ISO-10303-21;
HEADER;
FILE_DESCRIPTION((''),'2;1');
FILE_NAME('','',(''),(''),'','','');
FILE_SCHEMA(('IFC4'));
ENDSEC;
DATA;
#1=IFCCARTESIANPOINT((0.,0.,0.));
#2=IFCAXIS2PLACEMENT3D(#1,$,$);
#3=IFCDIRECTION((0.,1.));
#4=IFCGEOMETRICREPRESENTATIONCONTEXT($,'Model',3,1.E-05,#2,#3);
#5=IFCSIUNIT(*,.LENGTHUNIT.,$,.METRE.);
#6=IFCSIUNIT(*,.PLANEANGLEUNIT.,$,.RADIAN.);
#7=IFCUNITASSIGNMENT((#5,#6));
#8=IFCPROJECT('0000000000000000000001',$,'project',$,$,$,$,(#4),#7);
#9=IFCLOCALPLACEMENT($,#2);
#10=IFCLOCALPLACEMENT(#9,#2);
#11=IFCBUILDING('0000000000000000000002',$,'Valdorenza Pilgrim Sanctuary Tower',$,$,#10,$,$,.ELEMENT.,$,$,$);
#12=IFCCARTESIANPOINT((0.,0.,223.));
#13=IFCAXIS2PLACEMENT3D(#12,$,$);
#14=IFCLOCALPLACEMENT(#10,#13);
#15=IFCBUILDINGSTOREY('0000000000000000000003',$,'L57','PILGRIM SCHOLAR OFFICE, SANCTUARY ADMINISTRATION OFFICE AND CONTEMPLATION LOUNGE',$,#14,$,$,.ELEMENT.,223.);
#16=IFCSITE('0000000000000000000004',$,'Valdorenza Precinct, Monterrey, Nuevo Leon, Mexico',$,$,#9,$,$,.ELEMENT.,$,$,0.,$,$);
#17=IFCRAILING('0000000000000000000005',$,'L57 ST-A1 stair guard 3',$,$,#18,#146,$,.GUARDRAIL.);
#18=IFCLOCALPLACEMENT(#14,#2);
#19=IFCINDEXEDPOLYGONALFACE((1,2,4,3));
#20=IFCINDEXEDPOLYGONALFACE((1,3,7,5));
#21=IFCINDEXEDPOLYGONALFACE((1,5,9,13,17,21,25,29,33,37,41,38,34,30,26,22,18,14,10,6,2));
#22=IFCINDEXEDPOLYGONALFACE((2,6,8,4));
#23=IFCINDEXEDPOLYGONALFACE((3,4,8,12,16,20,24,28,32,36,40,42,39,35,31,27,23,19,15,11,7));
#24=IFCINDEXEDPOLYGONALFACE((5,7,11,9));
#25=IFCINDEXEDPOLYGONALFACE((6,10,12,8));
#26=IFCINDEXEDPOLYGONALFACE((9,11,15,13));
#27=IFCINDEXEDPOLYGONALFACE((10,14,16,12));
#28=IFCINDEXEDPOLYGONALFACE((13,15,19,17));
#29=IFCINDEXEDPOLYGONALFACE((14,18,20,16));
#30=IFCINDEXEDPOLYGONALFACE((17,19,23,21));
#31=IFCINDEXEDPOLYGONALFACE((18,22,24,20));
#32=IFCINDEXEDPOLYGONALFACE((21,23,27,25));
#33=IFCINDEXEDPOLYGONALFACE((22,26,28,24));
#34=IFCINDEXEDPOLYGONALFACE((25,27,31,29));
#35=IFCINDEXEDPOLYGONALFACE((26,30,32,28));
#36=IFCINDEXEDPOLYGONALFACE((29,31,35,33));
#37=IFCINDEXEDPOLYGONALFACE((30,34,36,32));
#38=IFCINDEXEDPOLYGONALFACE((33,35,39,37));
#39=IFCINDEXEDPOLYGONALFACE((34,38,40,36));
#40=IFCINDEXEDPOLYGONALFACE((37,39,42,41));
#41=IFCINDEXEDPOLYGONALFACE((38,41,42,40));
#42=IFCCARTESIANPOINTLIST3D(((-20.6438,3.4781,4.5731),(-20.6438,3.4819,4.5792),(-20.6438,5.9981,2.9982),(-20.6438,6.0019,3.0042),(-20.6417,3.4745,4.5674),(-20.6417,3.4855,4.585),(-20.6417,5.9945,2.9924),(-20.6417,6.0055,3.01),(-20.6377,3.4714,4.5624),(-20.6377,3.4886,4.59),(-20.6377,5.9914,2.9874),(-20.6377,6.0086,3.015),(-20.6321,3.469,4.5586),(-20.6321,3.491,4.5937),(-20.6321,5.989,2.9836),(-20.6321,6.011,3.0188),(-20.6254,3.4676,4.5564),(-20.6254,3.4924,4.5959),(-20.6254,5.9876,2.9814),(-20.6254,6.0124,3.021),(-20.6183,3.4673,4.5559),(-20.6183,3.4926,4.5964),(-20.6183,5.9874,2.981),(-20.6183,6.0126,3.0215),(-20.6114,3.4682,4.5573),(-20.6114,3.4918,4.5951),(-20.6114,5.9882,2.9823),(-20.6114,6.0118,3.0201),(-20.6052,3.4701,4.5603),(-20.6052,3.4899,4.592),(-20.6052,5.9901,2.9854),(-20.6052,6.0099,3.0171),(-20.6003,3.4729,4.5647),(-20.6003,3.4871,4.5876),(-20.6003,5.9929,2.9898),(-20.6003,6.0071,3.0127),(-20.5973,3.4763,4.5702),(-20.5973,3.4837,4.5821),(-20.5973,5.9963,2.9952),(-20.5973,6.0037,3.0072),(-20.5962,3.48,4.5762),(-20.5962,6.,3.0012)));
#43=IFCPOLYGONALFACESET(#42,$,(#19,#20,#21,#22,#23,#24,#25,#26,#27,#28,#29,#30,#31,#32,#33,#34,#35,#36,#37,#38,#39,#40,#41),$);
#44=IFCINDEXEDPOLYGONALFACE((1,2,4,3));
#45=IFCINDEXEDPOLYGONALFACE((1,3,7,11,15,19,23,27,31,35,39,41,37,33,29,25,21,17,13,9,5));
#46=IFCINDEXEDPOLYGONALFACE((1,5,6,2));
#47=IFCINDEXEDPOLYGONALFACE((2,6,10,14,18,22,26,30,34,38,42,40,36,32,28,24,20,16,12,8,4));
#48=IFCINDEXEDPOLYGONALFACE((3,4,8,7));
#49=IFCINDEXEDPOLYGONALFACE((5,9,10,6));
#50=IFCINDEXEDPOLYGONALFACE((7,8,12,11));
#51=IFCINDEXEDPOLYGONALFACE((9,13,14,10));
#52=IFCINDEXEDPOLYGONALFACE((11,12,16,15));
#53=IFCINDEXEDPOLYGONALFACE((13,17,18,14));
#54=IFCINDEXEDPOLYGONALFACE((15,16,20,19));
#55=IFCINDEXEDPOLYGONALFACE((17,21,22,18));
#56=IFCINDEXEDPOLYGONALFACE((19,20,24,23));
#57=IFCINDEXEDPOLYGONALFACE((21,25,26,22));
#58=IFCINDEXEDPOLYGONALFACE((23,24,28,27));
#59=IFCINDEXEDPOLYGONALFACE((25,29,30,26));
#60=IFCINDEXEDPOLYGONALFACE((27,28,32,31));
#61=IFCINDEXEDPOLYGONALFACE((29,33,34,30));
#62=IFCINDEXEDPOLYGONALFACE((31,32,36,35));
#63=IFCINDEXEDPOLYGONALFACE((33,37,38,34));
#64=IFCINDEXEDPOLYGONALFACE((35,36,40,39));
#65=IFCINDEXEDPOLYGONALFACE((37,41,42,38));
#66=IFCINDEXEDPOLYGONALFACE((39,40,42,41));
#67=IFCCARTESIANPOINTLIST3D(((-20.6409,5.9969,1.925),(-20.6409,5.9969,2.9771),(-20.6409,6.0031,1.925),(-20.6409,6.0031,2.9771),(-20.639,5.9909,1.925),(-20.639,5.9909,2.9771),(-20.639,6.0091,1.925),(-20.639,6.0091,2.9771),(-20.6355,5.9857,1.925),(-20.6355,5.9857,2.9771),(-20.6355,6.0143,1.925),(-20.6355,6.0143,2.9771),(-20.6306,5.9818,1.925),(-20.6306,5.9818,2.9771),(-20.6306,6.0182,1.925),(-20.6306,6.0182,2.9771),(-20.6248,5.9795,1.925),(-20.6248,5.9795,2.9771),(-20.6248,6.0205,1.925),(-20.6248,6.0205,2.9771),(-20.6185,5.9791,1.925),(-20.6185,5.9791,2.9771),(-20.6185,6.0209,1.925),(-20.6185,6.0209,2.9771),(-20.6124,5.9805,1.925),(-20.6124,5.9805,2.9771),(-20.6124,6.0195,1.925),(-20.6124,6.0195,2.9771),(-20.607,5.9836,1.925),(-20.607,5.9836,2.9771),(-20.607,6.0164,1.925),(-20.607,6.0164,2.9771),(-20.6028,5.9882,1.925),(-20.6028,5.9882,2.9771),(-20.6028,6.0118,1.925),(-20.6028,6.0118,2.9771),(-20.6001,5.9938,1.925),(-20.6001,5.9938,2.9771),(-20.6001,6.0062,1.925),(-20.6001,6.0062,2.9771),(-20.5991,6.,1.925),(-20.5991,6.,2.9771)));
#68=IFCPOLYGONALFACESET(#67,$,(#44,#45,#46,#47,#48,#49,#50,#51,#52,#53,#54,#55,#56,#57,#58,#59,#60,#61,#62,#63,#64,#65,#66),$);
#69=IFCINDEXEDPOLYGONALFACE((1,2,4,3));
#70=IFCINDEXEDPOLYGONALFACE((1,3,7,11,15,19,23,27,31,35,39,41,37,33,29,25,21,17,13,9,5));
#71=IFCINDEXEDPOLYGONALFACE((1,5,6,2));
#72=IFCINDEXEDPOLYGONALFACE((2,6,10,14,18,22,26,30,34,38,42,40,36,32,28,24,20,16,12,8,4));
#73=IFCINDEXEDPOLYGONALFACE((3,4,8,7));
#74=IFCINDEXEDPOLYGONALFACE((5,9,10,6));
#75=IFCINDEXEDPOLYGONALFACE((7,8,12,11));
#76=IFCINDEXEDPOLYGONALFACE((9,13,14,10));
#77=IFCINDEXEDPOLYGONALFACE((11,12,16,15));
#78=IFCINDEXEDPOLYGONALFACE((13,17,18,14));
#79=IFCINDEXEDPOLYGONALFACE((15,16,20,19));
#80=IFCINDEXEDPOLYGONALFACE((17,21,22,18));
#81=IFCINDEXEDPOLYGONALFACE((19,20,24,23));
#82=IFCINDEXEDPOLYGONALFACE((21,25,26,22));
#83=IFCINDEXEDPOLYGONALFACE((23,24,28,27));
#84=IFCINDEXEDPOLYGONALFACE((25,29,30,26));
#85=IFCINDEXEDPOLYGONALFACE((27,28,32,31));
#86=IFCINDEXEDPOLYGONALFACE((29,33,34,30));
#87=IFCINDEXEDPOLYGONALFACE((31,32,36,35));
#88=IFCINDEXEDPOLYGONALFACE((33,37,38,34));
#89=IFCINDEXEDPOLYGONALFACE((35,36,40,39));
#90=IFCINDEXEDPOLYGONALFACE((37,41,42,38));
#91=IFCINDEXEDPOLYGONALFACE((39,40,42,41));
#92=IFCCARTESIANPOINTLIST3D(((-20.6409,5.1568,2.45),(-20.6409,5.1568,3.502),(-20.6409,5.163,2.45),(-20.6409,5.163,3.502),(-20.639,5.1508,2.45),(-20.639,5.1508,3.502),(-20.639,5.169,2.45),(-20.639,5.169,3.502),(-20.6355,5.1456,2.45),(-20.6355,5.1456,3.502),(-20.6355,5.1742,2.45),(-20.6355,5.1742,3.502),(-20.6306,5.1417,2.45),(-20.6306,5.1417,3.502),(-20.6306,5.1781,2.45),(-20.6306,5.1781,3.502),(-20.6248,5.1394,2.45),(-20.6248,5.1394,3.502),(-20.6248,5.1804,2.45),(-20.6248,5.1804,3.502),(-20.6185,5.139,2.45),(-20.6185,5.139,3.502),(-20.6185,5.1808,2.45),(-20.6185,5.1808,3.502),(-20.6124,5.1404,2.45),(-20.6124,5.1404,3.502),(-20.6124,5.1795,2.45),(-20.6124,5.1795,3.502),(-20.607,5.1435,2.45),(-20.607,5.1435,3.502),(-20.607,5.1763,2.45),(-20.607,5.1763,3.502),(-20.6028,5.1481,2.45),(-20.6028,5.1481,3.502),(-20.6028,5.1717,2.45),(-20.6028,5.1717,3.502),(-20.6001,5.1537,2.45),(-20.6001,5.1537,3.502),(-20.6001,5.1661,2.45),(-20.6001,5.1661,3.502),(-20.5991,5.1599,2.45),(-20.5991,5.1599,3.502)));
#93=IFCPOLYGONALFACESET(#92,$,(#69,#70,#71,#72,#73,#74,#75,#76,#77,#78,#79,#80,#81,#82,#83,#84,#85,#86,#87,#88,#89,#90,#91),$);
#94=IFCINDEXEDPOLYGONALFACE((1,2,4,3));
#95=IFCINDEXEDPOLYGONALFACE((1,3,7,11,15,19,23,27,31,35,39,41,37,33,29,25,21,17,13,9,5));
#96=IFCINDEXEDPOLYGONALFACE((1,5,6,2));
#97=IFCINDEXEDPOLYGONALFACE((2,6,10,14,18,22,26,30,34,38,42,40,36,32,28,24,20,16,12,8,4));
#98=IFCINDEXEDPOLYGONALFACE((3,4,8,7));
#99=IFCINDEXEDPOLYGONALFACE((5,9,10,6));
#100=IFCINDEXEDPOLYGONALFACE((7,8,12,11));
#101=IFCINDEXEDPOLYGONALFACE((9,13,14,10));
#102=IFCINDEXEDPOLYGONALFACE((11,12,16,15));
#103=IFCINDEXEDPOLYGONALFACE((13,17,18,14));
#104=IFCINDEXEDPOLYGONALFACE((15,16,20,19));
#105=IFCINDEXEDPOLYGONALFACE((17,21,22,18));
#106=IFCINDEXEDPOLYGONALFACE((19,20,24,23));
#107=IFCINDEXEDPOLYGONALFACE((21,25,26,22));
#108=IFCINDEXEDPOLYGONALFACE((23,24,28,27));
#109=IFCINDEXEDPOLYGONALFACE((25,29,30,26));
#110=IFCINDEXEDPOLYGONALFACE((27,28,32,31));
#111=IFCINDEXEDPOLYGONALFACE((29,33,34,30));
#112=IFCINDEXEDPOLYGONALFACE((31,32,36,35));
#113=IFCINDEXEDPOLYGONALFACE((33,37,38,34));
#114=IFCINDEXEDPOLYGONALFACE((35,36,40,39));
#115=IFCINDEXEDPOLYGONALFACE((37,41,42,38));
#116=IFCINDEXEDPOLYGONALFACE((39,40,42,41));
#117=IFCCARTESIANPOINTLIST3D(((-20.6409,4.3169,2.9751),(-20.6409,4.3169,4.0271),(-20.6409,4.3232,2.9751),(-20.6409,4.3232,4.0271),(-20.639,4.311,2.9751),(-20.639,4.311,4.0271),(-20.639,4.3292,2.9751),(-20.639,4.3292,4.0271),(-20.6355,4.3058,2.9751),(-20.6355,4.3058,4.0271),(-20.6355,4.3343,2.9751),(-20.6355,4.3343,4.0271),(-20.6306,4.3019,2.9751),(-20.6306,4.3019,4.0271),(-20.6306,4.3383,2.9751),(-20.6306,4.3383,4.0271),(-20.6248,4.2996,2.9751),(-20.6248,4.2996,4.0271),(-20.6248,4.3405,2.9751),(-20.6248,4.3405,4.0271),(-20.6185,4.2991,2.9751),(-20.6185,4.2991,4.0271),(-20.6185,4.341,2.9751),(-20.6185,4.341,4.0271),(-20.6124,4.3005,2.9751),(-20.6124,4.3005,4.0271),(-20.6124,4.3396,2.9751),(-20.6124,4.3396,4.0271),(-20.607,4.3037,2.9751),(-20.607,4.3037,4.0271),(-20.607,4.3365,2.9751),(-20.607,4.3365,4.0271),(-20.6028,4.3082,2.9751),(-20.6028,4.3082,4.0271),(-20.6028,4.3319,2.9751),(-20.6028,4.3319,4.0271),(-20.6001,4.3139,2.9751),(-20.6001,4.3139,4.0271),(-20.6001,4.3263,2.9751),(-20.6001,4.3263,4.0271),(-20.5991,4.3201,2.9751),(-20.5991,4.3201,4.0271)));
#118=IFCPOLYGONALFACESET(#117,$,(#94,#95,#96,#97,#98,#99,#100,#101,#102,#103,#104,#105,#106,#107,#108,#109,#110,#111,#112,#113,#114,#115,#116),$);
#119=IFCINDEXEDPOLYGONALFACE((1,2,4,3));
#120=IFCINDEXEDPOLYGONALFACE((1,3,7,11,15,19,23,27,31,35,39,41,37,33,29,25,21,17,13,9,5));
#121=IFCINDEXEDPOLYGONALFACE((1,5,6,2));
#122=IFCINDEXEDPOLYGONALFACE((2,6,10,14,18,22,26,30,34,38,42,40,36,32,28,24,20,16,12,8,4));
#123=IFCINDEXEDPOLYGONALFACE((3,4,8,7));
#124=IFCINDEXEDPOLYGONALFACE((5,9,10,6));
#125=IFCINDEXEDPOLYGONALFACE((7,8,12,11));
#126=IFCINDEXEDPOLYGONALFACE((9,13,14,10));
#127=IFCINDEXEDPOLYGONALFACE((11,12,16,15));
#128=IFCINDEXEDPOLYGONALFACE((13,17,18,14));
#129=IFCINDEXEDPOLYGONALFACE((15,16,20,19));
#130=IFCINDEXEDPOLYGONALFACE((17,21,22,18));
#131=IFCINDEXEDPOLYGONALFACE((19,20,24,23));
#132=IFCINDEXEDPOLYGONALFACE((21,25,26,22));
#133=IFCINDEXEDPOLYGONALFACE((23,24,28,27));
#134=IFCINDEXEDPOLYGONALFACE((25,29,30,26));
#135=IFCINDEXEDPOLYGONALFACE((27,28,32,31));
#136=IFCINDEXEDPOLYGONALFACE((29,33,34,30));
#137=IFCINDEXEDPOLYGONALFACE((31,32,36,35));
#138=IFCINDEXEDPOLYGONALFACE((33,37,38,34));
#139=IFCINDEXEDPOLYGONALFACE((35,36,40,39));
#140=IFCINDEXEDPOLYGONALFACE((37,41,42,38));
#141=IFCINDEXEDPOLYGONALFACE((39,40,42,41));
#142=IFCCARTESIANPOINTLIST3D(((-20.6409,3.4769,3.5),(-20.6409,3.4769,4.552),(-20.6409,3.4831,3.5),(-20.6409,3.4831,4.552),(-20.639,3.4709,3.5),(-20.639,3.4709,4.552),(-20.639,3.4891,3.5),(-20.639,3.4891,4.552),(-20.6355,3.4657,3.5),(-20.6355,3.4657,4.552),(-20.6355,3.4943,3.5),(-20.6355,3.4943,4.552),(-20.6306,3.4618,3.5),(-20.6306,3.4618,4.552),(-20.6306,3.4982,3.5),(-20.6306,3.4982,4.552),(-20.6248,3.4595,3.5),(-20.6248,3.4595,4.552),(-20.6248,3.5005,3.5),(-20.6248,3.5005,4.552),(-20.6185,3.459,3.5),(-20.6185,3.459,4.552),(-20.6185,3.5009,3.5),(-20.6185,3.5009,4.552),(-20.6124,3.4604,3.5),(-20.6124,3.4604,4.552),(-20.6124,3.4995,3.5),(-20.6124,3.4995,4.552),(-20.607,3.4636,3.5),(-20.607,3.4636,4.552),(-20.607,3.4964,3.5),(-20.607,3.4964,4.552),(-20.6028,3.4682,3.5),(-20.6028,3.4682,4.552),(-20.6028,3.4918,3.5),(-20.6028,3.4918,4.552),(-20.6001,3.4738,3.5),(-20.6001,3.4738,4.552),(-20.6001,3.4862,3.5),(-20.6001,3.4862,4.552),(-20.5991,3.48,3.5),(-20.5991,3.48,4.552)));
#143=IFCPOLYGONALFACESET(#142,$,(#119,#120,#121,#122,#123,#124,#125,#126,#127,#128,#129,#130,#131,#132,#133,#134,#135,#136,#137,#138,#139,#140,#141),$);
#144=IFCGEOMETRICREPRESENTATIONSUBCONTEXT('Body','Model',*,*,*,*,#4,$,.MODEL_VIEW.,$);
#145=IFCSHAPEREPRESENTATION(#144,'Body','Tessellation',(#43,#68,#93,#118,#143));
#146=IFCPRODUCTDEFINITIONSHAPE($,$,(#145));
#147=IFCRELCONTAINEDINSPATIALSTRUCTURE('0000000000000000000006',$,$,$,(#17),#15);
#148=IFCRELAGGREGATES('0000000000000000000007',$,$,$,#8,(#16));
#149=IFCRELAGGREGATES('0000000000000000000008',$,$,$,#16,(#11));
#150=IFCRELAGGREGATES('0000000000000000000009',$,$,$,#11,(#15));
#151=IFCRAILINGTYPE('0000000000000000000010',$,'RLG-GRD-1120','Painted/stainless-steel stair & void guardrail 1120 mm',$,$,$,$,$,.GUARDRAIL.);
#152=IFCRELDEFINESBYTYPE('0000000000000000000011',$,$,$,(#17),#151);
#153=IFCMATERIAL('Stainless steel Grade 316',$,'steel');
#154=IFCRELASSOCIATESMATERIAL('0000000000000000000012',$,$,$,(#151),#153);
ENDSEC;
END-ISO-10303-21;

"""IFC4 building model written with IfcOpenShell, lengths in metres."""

from ifc_helpers import new_model, si_unit, direction, frame, origin, origin_2d, place, context, subcontext, project, spatial, circle, extrude, material, type_object, element, save


model = new_model("IFC4")

# Units and contexts
model_context = context("Model", 3, precision=1e-05, world=origin(), true_north=direction((0.0, 1.0)))
body_context = subcontext(model_context, "Body", "Model", "MODEL_VIEW")
ifc_project = project(units=[si_unit("LENGTHUNIT", "METRE"), si_unit("PLANEANGLEUNIT", "RADIAN")], contexts=[model_context])

# Site, building, storey
site_placement = place(None, origin())
site = spatial("IfcSite", under=ifc_project, at=site_placement, Name="Valdorenza Precinct, Monterrey, Nuevo Leon, Mexico", CompositionType="ELEMENT", RefElevation=0.0)
building_placement = place(site_placement, origin())
building = spatial("IfcBuilding", under=site, at=building_placement, Name="Valdorenza Pilgrim Sanctuary Tower", CompositionType="ELEMENT")
storey_placement = place(building_placement, frame((0.0, 0.0, 223.0)))
storey = spatial("IfcBuildingStorey", under=building, at=storey_placement, Name="L57", Description="PILGRIM SCHOLAR OFFICE, SANCTUARY ADMINISTRATION OFFICE AND CONTEMPLATION LOUNGE", CompositionType="ELEMENT", Elevation=223.0)

# Railing
ifc_material_1 = material(Name="Stainless steel Grade 316", Category="steel")
railing_type = type_object("IfcRailingType", Name="RLG-GRD-1120", Description="Painted/stainless-steel stair & void guardrail 1120 mm", PredefinedType="GUARDRAIL", material=ifc_material_1)
railing_1_placement = place(storey_placement, frame((-20.6201, 6.0, 1.925)))
element("IfcRailing", 1, at=railing_1_placement, inside=storey, type_object=railing_type, Name="L57 ST-A1 stair guard 3", PredefinedType="GUARDRAIL", context=body_context, shape_type="SweptSolid", body=[
    extrude(circle(Radius=0.0239, at=origin_2d()), frame((0.0, 0.0, 1.0762), z_axis=(0.0, -0.848008, 0.529984), x_axis=(1.0, 0.0, 0.0)), (0.0, 0.0, 1.0), 2.9717),
    extrude(circle(Radius=0.021, at=origin_2d()), origin(), (0.0, 0.0, 1.0), 1.052),
    extrude(circle(Radius=0.021, at=origin_2d()), frame((0.0, -0.8401, 0.5249)), (0.0, 0.0, 1.0), 1.052),
    extrude(circle(Radius=0.021, at=origin_2d()), frame((0.0, -1.6799, 1.05)), (0.0, 0.0, 1.0), 1.052),
    extrude(circle(Radius=0.021, at=origin_2d()), frame((0.0, -2.52, 1.575)), (0.0, 0.0, 1.0), 1.052),
])

save(model, "model.ifc")
